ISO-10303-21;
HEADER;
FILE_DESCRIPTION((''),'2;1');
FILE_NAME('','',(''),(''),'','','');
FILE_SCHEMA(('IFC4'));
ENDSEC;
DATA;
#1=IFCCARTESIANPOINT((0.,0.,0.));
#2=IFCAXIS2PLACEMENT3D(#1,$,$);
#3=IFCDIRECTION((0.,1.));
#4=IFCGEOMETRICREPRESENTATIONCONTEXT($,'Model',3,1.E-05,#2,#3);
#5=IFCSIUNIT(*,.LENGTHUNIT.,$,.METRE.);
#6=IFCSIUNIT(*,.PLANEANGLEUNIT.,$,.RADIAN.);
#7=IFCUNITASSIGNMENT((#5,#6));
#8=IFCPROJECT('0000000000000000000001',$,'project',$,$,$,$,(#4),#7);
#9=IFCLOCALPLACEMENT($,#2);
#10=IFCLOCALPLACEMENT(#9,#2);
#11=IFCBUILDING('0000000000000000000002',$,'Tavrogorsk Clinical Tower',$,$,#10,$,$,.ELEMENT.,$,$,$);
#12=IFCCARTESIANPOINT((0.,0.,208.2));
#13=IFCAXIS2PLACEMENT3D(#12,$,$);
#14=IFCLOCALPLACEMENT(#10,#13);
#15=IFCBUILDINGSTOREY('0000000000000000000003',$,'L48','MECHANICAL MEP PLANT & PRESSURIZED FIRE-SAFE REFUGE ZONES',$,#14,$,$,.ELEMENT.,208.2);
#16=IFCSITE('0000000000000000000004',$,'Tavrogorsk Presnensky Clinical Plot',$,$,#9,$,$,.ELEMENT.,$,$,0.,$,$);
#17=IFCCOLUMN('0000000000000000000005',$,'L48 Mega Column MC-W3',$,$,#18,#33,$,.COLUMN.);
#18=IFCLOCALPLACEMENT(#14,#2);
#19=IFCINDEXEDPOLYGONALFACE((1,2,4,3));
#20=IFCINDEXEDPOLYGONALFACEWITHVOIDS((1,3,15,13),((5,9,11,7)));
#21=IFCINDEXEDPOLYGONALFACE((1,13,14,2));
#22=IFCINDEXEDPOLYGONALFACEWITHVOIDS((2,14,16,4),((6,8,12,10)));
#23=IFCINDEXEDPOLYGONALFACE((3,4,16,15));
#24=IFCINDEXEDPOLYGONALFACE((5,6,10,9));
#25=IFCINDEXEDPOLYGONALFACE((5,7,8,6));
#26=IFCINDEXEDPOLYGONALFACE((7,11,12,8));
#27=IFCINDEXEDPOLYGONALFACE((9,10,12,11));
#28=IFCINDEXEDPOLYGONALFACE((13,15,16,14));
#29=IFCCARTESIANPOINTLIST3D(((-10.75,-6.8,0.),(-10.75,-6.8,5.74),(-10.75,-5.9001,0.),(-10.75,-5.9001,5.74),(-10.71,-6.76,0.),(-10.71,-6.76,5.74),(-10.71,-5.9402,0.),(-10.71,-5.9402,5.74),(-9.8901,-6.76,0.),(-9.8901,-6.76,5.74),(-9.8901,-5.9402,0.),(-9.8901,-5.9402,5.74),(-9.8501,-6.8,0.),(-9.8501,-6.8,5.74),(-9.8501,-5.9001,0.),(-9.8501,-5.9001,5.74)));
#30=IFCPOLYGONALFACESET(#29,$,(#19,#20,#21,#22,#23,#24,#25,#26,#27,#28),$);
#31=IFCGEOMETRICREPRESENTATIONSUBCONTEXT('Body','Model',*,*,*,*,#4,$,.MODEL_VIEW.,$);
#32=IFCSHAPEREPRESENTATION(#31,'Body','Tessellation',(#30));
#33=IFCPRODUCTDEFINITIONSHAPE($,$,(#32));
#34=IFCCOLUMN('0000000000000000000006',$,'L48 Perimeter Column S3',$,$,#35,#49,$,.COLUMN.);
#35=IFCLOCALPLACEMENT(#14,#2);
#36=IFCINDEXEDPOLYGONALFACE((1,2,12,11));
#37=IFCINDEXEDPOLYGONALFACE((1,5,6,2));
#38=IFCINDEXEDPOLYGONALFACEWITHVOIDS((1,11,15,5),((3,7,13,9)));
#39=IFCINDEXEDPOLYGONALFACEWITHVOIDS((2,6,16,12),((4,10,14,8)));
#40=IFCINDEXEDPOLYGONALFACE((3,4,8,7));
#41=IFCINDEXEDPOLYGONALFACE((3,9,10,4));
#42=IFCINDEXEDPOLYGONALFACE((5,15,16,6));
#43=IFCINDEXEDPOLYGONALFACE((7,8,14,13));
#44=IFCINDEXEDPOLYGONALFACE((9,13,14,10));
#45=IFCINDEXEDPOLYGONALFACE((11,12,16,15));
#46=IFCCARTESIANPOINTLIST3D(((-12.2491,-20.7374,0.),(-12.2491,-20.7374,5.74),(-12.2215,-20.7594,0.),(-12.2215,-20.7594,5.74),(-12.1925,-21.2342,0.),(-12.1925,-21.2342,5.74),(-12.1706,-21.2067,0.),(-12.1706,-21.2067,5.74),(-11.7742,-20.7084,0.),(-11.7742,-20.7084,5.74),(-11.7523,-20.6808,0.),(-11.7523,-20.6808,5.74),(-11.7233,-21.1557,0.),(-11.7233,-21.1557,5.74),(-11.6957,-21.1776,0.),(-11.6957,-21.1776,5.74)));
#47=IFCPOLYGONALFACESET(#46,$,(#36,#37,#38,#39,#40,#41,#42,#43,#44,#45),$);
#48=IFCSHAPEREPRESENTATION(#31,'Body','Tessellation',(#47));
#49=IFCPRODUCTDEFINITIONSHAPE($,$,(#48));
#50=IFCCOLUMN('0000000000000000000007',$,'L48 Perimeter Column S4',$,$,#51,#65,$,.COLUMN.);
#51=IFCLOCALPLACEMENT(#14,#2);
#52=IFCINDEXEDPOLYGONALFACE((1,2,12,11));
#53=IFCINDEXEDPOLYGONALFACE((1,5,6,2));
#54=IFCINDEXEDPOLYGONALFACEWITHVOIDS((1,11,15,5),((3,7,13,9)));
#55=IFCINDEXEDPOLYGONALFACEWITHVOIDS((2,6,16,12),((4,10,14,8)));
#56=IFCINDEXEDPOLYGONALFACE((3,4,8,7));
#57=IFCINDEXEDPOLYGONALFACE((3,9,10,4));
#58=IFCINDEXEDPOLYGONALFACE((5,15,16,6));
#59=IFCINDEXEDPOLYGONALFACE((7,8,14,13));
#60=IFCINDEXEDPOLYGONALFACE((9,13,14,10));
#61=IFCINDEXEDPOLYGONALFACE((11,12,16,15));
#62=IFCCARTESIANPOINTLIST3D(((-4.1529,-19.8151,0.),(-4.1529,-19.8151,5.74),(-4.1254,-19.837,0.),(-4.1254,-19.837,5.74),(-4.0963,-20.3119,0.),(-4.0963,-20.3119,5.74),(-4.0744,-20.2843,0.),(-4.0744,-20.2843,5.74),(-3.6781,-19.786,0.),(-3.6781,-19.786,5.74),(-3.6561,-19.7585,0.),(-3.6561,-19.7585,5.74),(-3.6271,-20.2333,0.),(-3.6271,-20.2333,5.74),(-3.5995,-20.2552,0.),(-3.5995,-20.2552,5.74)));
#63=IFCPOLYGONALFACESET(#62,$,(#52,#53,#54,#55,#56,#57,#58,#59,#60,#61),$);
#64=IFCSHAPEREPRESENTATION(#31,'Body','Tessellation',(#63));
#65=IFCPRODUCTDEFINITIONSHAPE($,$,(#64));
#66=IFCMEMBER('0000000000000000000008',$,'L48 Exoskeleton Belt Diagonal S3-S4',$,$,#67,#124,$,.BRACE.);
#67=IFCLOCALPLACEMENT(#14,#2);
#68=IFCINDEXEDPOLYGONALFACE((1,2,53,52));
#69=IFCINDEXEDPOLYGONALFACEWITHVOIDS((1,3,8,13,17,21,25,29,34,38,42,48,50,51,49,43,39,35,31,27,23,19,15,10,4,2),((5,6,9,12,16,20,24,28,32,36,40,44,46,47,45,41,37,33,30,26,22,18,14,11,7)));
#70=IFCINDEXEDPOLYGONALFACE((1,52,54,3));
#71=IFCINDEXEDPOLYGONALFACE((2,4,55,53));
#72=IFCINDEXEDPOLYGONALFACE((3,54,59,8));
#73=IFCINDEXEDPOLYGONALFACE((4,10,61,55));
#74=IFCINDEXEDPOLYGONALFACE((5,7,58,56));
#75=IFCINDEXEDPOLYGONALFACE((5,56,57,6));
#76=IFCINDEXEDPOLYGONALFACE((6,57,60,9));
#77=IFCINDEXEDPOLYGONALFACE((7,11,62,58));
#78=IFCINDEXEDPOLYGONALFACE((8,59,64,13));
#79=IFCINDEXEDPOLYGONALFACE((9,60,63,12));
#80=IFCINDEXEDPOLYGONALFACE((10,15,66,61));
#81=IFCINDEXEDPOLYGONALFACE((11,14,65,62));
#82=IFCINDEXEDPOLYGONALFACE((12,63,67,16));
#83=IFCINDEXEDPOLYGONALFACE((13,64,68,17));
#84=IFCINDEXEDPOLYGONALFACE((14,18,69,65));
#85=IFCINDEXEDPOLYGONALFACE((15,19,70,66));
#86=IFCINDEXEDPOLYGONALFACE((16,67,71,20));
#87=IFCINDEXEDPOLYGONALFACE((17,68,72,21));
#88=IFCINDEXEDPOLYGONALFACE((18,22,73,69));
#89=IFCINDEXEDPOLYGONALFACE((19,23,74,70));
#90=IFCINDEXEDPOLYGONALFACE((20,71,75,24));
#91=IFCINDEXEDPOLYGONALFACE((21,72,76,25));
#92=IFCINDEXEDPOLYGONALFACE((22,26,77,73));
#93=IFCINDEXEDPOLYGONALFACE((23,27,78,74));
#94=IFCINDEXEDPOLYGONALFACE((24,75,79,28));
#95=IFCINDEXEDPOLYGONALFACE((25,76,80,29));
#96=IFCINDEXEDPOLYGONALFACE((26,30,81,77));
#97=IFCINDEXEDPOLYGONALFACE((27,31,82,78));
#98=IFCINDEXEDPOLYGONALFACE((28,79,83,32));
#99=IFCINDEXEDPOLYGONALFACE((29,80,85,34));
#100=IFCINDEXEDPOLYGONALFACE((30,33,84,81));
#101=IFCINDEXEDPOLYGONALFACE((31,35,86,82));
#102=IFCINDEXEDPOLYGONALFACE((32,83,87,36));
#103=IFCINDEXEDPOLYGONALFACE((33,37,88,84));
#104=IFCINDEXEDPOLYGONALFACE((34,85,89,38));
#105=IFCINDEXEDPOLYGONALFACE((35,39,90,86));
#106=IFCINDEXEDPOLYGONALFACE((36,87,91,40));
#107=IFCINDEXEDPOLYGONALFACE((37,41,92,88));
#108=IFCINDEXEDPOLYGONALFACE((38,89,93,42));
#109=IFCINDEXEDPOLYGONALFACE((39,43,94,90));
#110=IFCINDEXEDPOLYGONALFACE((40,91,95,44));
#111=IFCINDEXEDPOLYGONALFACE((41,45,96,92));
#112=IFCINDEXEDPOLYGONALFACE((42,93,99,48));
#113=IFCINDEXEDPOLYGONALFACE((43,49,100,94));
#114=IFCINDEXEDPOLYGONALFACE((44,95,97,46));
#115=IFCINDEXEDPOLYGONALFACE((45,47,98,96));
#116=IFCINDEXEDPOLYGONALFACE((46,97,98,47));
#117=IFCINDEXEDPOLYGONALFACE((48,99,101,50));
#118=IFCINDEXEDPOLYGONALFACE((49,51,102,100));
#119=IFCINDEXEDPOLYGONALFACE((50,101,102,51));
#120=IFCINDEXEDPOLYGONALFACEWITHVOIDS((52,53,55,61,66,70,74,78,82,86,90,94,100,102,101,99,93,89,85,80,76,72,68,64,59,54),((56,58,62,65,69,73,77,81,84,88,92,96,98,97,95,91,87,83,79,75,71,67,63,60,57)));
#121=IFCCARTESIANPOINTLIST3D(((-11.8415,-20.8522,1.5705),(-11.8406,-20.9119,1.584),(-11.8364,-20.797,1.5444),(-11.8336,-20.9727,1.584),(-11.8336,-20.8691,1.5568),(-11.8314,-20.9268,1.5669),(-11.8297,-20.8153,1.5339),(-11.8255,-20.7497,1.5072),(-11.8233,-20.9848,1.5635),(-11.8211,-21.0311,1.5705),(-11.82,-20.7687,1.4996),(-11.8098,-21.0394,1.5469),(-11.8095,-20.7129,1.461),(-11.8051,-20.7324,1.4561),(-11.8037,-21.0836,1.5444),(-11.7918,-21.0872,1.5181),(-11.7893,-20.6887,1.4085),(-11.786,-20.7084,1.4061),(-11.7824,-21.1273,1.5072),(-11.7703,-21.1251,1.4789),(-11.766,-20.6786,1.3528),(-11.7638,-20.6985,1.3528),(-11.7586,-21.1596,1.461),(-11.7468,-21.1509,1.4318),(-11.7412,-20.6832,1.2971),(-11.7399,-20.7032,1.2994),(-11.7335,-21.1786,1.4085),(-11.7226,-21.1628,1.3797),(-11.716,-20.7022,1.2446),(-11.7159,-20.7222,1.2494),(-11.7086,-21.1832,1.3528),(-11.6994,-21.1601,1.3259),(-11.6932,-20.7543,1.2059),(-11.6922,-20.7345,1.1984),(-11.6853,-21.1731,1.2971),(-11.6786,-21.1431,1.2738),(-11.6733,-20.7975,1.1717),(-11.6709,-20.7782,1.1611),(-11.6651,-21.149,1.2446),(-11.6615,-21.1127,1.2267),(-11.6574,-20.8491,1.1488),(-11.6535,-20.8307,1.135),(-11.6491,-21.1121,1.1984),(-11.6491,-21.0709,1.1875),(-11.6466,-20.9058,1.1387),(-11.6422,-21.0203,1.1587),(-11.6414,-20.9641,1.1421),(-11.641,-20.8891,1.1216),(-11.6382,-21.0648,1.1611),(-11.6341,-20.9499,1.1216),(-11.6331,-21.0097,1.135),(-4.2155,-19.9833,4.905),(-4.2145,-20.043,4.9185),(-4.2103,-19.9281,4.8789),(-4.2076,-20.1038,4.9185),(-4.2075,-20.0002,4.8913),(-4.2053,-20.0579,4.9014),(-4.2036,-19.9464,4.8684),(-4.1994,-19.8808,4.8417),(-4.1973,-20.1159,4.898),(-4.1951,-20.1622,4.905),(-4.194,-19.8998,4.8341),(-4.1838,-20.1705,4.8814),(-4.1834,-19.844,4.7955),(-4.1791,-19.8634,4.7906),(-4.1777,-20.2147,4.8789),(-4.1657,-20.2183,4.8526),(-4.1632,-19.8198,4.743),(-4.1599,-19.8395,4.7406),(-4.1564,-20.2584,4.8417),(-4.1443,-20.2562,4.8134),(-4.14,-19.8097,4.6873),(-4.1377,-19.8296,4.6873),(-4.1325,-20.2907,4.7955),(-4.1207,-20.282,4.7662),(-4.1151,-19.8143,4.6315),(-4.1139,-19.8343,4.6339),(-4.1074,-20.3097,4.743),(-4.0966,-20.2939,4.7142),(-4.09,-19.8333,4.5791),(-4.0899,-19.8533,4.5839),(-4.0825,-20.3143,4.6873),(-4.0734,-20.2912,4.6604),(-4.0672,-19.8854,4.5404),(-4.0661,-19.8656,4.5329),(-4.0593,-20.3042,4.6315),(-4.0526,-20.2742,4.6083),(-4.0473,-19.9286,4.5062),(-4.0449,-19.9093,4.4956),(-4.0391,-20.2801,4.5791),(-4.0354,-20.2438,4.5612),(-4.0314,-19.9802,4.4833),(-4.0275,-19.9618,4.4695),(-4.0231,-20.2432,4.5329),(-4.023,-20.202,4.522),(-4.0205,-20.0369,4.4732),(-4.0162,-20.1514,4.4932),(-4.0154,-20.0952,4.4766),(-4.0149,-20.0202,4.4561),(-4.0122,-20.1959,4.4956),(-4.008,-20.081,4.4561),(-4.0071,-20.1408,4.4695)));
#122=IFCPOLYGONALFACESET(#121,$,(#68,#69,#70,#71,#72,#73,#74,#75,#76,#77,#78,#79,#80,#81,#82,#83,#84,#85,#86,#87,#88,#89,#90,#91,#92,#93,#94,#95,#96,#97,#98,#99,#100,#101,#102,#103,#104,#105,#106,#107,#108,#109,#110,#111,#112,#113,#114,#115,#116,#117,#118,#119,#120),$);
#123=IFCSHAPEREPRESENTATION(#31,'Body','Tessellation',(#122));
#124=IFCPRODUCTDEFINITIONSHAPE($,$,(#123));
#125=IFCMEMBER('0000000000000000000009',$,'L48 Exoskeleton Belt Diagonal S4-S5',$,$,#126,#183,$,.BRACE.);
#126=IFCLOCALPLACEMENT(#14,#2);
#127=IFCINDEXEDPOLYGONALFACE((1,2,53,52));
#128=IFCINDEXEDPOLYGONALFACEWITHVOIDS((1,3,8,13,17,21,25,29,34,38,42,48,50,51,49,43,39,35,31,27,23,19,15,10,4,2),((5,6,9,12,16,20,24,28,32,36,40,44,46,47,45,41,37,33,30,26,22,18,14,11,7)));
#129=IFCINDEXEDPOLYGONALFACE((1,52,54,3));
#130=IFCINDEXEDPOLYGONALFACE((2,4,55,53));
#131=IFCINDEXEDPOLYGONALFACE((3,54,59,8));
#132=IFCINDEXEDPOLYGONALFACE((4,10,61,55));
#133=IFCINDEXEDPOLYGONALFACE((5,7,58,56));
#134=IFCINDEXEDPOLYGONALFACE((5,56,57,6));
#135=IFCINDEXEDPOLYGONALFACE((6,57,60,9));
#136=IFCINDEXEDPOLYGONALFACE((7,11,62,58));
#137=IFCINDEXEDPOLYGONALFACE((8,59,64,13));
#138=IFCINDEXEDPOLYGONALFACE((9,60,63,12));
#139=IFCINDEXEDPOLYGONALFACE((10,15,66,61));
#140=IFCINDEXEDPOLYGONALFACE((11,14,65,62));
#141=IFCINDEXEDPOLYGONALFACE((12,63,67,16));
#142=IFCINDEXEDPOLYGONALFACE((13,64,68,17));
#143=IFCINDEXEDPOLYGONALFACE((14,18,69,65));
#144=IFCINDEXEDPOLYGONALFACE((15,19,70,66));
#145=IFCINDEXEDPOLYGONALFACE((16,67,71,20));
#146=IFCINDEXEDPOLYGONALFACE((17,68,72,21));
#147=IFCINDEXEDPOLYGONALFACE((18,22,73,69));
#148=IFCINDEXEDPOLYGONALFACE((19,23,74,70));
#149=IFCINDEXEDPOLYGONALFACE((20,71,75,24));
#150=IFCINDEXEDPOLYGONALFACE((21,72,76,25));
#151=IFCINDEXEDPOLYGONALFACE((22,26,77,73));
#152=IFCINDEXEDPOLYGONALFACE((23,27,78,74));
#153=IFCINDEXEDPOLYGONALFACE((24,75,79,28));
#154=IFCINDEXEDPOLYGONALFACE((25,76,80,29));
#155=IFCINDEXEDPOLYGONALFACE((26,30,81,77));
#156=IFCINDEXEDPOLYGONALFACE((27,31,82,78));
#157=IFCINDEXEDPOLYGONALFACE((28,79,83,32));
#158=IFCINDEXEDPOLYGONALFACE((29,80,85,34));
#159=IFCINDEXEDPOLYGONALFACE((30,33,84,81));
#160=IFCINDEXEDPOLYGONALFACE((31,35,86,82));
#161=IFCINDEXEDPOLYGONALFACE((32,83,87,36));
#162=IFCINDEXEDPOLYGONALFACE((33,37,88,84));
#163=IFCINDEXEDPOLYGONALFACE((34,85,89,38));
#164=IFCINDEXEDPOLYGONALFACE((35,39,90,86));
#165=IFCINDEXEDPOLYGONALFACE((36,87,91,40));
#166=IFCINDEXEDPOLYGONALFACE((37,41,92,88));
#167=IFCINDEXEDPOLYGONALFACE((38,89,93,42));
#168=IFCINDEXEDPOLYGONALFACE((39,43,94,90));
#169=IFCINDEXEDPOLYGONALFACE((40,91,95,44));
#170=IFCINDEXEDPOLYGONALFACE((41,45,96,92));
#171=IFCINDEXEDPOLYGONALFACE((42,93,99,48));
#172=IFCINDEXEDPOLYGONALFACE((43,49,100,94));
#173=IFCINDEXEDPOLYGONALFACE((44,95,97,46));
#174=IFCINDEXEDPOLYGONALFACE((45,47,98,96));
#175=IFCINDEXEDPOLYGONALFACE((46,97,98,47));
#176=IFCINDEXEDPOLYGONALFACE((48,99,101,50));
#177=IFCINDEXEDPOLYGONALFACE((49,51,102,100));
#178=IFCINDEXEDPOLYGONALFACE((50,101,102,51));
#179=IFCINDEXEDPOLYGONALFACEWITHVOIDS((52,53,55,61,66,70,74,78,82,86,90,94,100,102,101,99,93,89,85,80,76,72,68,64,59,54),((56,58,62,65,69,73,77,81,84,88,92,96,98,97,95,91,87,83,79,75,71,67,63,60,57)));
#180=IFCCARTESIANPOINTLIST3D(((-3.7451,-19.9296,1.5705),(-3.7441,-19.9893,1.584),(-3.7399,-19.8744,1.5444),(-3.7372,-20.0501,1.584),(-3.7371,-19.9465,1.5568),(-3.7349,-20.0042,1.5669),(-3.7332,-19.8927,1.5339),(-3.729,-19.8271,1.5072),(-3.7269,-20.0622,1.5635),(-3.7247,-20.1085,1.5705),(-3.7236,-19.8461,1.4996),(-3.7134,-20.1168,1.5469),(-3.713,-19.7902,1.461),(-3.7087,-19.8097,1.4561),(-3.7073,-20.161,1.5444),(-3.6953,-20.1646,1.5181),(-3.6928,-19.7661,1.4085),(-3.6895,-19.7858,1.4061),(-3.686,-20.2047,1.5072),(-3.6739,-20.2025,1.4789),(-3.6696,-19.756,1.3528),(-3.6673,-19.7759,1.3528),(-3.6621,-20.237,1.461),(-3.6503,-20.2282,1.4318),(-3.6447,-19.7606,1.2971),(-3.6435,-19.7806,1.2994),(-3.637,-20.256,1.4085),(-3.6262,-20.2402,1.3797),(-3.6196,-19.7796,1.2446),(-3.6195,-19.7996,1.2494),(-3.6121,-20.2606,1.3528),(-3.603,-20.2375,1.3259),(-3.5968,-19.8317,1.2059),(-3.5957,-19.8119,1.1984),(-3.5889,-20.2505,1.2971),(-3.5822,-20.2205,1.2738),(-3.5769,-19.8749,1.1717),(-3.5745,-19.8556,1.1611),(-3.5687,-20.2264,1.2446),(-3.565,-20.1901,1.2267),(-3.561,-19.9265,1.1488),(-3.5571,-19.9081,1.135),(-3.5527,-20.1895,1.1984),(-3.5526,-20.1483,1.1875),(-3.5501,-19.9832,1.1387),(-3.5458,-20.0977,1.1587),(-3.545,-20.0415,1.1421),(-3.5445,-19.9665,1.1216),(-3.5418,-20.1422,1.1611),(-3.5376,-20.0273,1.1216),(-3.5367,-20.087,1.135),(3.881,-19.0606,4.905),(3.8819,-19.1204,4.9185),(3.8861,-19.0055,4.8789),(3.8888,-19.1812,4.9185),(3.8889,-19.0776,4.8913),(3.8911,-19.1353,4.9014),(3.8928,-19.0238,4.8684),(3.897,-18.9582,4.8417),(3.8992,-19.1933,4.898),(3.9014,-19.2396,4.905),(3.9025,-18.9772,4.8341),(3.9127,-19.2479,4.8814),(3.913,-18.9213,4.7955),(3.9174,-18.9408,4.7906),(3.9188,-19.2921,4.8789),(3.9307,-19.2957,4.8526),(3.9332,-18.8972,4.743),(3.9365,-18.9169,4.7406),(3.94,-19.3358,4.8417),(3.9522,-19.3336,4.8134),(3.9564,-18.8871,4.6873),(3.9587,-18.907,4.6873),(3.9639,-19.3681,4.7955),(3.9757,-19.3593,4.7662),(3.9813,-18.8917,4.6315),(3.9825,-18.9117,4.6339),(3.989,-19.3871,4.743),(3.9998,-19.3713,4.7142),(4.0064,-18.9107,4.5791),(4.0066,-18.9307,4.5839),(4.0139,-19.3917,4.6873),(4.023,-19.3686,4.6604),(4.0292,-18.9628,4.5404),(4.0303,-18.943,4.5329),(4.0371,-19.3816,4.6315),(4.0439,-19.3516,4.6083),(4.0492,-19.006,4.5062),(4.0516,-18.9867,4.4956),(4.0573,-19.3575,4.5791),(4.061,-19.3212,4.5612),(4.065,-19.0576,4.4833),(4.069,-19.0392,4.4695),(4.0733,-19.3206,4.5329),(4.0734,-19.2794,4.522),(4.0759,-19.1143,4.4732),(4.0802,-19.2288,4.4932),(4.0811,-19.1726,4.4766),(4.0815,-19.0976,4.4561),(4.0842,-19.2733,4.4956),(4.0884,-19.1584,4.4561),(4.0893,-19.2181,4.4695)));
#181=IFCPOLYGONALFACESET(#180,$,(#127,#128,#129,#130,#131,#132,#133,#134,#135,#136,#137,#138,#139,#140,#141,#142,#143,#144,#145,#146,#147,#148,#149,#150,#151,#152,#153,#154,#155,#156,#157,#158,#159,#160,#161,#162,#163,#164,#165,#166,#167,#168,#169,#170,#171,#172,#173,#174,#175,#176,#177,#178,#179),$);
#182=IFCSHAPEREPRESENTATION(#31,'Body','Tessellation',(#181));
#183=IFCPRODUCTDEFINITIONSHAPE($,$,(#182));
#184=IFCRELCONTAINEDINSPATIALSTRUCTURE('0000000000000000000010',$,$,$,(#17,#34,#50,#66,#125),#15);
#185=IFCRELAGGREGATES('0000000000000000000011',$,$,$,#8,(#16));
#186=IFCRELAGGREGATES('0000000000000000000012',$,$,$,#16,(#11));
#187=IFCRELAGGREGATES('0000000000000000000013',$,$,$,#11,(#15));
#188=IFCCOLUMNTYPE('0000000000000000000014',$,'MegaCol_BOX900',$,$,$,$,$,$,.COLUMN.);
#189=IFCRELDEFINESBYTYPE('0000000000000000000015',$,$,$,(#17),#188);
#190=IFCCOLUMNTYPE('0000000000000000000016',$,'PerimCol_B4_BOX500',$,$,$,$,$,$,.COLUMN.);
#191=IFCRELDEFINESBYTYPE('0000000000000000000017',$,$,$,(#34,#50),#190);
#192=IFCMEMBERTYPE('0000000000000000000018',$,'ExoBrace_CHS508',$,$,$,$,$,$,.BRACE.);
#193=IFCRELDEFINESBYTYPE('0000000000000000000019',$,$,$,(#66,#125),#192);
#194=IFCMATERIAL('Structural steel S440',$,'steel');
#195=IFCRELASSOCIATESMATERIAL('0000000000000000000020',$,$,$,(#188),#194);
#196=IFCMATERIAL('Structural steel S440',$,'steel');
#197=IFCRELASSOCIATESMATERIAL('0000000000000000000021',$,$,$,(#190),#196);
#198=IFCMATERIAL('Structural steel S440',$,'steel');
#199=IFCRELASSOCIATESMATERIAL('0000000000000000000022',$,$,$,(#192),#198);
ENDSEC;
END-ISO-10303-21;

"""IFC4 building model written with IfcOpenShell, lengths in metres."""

from ifc_helpers import new_model, si_unit, direction, frame, origin, origin_2d, place, context, subcontext, project, spatial, hollow_rectangle, hollow_circle, extrude, material, material_profile, profile_set, type_object, element, save


model = new_model("IFC4")

# Units and contexts
model_context = context("Model", 3, precision=1e-05, world=origin(), true_north=direction((0.0, 1.0)))
body_context = subcontext(model_context, "Body", "Model", "MODEL_VIEW")
ifc_project = project(units=[si_unit("LENGTHUNIT", "METRE"), si_unit("PLANEANGLEUNIT", "RADIAN")], contexts=[model_context])

# Site, building, storey
site_placement = place(None, origin())
site = spatial("IfcSite", under=ifc_project, at=site_placement, Name="Tavrogorsk Presnensky Clinical Plot", CompositionType="ELEMENT", RefElevation=0.0)
building_placement = place(site_placement, origin())
building = spatial("IfcBuilding", under=site, at=building_placement, Name="Tavrogorsk Clinical Tower", CompositionType="ELEMENT")
storey_placement = place(building_placement, frame((0.0, 0.0, 208.2)))
storey = spatial("IfcBuildingStorey", under=building, at=storey_placement, Name="L48", Description="MECHANICAL MEP PLANT & PRESSURIZED FIRE-SAFE REFUGE ZONES", CompositionType="ELEMENT", Elevation=208.2)

# Columns
ifc_material_1 = material(Name="Structural steel S440", Category="steel")
ifc_material_profile_1 = material_profile(ifc_material_1, hollow_rectangle(XDim=0.8999, YDim=0.8999, WallThickness=0.04, at=origin_2d()), Name="BOX-900x900x40")
ifc_profile_set_1 = profile_set([ifc_material_profile_1], Name="Structural steel S440")
column_type_1 = type_object("IfcColumnType", Name="MegaCol_BOX900", PredefinedType="COLUMN", material=ifc_profile_set_1)
column_placement = place(storey_placement, frame((-10.3, -6.3501, 0.0), z_axis=(0.0, 0.0, 1.0), x_axis=(1.0, 0.0, 0.0)))
element("IfcColumn", 1, at=column_placement, inside=storey, type_object=column_type_1, Name="L48 Mega Column MC-W3", PredefinedType="COLUMN", context=body_context, shape_type="SweptSolid", body=[
    extrude(hollow_rectangle(XDim=0.8999, YDim=0.8999, WallThickness=0.04, at=origin_2d()), origin(), (0.0, 0.0, 1.0), 5.74),
])
ifc_material_2 = material(Name="Structural steel S440", Category="steel")
ifc_material_profile_2 = material_profile(ifc_material_2, hollow_rectangle(XDim=0.5, YDim=0.5, WallThickness=0.0249, at=origin_2d()), Name="BOX-500x500x25")
ifc_profile_set_2 = profile_set([ifc_material_profile_2], Name="Structural steel S440")
column_type_2 = type_object("IfcColumnType", Name="PerimCol_B4_BOX500", PredefinedType="COLUMN", material=ifc_profile_set_2)
for number, where, z_axis, x_axis, name in (
    (2, (-11.9724, -20.9575, 0.0), (0.0, 0.0, 1.0), (0.993572, 0.113203, 0.0), "L48 Perimeter Column S3"),
    (3, (-3.8762, -20.0352, 0.0), (0.0, 0.0, 1.0), (0.993572, 0.113203, 0.0), "L48 Perimeter Column S4"),
):
    element("IfcColumn", number, at=place(storey_placement, frame(where, z_axis=z_axis, x_axis=x_axis)), inside=storey, type_object=column_type_2, Name=name, PredefinedType="COLUMN", context=body_context, shape_type="SweptSolid", body=[
        extrude(hollow_rectangle(XDim=0.5, YDim=0.5, WallThickness=0.0249, at=origin_2d()), origin(), (0.0, 0.0, 1.0), 5.74),
    ])

# Members
ifc_material_3 = material(Name="Structural steel S440", Category="steel")
ifc_material_profile_3 = material_profile(ifc_material_3, hollow_circle(Radius=0.2539, WallThickness=0.02, at=origin_2d()), Name="CHS-508x20")
ifc_profile_set_3 = profile_set([ifc_material_profile_3], Name="Structural steel S440")
member_type_1 = type_object("IfcMemberType", Name="ExoBrace_CHS508", PredefinedType="BRACE", material=ifc_profile_set_3)
for number, where, z_axis, x_axis, name in (
    (4, (-11.7373, -20.9309, 1.3528), (0.911288, 0.103831, 0.398463), (-0.113207, 0.993571, 0.0), "L48 Exoskeleton Belt Diagonal S3-S4"),
    (5, (-3.6409, -20.0083, 1.3528), (0.911288, 0.103831, 0.398463), (-0.113207, 0.993571, 0.0), "L48 Exoskeleton Belt Diagonal S4-S5"),
):
    element("IfcMember", number, at=place(storey_placement, frame(where, z_axis=z_axis, x_axis=x_axis)), inside=storey, type_object=member_type_1, Name=name, PredefinedType="BRACE", context=body_context, shape_type="SweptSolid", body=[
        extrude(hollow_circle(Radius=0.2539, WallThickness=0.02, at=origin_2d()), origin(), (0.0, 0.0, 1.0), 8.3684),
    ])

save(model, "model.ifc")
